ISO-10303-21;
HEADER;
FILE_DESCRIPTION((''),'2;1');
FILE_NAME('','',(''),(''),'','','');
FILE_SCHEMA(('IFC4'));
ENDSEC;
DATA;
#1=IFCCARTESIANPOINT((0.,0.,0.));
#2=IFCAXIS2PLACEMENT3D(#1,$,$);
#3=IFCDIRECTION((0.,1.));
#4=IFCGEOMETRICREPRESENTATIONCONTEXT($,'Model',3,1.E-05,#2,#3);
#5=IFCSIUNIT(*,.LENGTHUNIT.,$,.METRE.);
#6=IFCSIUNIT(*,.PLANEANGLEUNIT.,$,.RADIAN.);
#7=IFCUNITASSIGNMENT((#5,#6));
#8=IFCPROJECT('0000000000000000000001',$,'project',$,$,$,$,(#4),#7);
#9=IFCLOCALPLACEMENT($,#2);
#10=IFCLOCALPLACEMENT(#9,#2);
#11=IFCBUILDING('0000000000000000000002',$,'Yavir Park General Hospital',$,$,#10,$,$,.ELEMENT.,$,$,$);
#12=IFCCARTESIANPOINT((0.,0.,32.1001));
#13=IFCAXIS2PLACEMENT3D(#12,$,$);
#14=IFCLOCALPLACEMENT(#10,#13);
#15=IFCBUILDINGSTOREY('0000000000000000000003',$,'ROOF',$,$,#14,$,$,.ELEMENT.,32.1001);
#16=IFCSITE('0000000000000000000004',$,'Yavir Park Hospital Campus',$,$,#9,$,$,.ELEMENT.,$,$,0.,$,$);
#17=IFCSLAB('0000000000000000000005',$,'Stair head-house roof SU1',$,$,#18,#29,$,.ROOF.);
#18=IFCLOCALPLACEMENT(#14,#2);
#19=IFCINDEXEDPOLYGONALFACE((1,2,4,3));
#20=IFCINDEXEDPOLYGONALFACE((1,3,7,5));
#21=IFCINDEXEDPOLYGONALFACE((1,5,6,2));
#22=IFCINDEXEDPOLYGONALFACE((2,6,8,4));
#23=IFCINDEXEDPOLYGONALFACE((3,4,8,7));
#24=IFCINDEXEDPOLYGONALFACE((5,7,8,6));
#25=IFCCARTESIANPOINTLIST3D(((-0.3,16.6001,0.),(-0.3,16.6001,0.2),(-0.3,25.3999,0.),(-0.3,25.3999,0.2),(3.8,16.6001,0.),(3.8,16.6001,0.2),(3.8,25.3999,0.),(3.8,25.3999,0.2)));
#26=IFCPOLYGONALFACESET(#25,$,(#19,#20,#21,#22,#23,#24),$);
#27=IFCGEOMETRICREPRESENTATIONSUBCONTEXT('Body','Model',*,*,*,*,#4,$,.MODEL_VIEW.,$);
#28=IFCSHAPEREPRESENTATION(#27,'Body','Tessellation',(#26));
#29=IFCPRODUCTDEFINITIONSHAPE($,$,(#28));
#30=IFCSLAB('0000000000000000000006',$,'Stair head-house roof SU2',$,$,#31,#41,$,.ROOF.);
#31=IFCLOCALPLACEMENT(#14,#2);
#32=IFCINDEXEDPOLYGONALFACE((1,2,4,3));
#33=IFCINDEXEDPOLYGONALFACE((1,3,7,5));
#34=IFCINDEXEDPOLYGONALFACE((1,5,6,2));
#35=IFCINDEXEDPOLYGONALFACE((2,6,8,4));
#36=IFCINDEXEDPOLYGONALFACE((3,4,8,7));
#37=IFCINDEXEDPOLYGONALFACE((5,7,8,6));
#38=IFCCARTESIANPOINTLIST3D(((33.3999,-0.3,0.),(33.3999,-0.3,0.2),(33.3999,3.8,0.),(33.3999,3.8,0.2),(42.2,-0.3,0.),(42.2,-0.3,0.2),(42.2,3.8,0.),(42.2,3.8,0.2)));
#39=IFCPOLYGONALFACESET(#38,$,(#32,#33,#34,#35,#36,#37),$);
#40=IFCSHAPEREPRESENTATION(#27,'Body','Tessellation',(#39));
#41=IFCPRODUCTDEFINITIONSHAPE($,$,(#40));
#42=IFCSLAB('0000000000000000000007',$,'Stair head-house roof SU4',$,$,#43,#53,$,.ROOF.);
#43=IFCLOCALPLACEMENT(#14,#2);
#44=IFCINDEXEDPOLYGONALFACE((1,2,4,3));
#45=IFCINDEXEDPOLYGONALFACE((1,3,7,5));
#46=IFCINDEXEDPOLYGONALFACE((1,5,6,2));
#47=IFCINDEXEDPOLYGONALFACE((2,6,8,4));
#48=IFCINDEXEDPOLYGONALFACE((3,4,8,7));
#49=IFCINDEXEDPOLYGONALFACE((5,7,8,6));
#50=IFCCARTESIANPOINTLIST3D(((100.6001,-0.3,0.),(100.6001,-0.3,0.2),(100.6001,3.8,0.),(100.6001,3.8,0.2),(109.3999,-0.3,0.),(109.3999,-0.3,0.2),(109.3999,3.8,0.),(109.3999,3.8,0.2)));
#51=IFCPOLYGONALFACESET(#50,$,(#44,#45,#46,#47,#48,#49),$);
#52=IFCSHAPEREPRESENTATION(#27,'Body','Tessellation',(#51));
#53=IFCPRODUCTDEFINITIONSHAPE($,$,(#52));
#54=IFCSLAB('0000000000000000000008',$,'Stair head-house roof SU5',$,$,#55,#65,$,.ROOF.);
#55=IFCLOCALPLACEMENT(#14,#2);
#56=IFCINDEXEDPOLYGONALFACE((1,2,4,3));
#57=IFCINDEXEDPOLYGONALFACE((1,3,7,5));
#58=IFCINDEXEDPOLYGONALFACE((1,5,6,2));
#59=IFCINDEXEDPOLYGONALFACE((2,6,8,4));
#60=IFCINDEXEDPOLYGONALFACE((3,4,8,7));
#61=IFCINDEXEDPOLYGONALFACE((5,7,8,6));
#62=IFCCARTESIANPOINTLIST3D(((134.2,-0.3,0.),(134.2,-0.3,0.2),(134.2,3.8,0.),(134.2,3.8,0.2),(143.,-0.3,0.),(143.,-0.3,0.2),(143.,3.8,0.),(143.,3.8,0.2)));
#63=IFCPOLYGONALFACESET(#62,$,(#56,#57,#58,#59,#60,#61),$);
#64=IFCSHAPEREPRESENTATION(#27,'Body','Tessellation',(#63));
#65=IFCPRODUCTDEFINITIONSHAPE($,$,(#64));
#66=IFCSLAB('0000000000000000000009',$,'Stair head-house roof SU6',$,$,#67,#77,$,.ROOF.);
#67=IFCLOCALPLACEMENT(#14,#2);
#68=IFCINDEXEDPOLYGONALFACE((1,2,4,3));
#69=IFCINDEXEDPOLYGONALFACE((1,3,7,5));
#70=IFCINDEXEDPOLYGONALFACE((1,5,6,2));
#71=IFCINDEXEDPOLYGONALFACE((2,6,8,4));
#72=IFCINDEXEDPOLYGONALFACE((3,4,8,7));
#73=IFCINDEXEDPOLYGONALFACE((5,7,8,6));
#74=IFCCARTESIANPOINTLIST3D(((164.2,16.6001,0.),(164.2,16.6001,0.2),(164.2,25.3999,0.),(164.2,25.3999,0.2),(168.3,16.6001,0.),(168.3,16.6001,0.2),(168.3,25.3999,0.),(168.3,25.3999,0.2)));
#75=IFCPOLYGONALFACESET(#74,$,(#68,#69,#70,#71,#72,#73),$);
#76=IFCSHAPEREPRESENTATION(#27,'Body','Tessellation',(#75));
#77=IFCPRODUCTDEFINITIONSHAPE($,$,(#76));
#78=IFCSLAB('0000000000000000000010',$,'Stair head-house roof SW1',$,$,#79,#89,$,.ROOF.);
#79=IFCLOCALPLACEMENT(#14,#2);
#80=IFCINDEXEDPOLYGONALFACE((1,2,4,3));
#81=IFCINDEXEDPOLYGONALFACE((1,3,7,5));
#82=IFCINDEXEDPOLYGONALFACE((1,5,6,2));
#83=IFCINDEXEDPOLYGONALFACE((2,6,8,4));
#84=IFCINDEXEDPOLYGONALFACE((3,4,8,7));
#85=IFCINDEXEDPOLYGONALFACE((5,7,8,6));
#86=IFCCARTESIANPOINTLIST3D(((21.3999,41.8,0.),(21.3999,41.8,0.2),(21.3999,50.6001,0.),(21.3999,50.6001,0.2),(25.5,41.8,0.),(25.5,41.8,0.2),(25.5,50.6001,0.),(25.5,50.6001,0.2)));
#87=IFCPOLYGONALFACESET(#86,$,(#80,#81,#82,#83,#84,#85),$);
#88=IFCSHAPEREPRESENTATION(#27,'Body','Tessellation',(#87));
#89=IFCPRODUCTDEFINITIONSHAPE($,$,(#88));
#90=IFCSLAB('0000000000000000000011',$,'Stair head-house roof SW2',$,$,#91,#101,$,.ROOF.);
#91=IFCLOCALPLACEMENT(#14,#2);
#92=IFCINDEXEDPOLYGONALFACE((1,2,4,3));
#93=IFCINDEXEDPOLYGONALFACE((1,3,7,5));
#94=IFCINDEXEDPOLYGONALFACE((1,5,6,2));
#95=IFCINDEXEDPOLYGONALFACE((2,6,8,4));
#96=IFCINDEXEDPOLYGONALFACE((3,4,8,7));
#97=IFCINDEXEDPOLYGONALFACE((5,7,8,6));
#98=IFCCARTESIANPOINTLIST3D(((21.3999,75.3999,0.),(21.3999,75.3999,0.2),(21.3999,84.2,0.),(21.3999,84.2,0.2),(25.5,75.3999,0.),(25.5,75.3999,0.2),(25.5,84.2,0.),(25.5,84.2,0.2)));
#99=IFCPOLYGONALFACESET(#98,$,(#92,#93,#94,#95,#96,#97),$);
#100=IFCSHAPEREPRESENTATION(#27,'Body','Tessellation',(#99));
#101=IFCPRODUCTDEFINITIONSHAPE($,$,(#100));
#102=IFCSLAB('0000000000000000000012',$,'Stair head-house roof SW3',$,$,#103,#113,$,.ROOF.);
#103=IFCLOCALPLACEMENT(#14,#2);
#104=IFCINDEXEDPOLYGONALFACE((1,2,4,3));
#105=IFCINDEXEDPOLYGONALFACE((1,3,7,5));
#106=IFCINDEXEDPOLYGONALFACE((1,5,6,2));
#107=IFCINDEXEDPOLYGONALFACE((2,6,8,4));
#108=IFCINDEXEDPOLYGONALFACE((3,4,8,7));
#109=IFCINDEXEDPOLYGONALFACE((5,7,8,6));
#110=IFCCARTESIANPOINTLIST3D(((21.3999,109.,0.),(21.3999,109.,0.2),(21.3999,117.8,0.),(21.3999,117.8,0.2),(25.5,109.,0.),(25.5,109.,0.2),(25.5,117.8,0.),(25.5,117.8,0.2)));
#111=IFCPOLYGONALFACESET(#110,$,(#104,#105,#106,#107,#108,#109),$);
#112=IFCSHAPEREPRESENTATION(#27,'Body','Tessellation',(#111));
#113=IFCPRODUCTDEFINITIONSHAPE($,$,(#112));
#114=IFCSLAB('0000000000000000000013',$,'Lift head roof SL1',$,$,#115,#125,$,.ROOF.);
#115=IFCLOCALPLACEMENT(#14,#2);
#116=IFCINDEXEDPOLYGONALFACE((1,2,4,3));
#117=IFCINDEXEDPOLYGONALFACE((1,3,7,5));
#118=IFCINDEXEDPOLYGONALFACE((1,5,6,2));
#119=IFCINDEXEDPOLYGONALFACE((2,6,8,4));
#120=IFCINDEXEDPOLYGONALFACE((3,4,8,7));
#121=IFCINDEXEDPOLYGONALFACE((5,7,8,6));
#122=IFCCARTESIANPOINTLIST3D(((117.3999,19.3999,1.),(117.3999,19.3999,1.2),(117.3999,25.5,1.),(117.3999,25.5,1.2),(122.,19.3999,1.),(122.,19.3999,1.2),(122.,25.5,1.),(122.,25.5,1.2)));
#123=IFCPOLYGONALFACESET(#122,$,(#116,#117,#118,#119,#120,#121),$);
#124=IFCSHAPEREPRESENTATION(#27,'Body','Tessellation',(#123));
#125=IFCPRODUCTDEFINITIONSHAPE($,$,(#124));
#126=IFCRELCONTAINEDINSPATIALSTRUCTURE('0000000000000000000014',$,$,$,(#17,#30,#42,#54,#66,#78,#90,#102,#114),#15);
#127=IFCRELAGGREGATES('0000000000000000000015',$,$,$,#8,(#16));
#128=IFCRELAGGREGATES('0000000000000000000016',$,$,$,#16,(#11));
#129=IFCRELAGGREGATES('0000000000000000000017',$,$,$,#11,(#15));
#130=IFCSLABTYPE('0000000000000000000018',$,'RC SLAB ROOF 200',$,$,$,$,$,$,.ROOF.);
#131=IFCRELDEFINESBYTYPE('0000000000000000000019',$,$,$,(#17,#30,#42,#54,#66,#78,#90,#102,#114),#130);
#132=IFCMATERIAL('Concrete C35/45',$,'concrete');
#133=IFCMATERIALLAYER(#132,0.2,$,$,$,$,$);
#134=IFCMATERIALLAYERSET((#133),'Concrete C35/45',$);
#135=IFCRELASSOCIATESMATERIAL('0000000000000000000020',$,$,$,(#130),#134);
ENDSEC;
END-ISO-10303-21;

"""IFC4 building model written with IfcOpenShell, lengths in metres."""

from ifc_helpers import new_model, si_unit, direction, frame, origin, place, context, subcontext, project, spatial, polyline, outline, extrude, material, layer, layer_set, type_object, element, save


model = new_model("IFC4")

# Units and contexts
model_context = context("Model", 3, precision=1e-05, world=origin(), true_north=direction((0.0, 1.0)))
body_context = subcontext(model_context, "Body", "Model", "MODEL_VIEW")
ifc_project = project(units=[si_unit("LENGTHUNIT", "METRE"), si_unit("PLANEANGLEUNIT", "RADIAN")], contexts=[model_context])

# Site, building, storey
site_placement = place(None, origin())
site = spatial("IfcSite", under=ifc_project, at=site_placement, Name="Yavir Park Hospital Campus", CompositionType="ELEMENT", RefElevation=0.0)
building_placement = place(site_placement, origin())
building = spatial("IfcBuilding", under=site, at=building_placement, Name="Yavir Park General Hospital", CompositionType="ELEMENT")
storey_placement = place(building_placement, frame((0.0, 0.0, 32.1001)))
storey = spatial("IfcBuildingStorey", under=building, at=storey_placement, Name="ROOF", CompositionType="ELEMENT", Elevation=32.1001)

# Slabs
ifc_material = material(Name="Concrete C35/45", Category="concrete")
ifc_layer = layer(ifc_material, 0.2)
ifc_layer_set = layer_set([ifc_layer], Name="Concrete C35/45")
slab_type = type_object("IfcSlabType", Name="RC SLAB ROOF 200", PredefinedType="ROOF", material=ifc_layer_set)
slab_1_placement = place(storey_placement, origin())
element("IfcSlab", 1, at=slab_1_placement, inside=storey, type_object=slab_type, Name="Stair head-house roof SU1", PredefinedType="ROOF", context=body_context, shape_type="SweptSolid", body=[
    extrude(outline(polyline([(-0.3, 16.6001), (3.8, 16.6001), (3.8, 25.3999), (-0.3, 25.3999), (-0.3, 16.6001)])), origin(), (0.0, 0.0, 1.0), 0.2),
])
slab_2_placement = place(storey_placement, origin())
element("IfcSlab", 2, at=slab_2_placement, inside=storey, type_object=slab_type, Name="Stair head-house roof SU2", PredefinedType="ROOF", context=body_context, shape_type="SweptSolid", body=[
    extrude(outline(polyline([(33.3999, -0.3), (42.2, -0.3), (42.2, 3.8), (33.3999, 3.8), (33.3999, -0.3)])), origin(), (0.0, 0.0, 1.0), 0.2),
])
slab_3_placement = place(storey_placement, origin())
element("IfcSlab", 3, at=slab_3_placement, inside=storey, type_object=slab_type, Name="Stair head-house roof SU4", PredefinedType="ROOF", context=body_context, shape_type="SweptSolid", body=[
    extrude(outline(polyline([(100.6001, -0.3), (109.3999, -0.3), (109.3999, 3.8), (100.6001, 3.8), (100.6001, -0.3)])), origin(), (0.0, 0.0, 1.0), 0.2),
])
slab_4_placement = place(storey_placement, origin())
element("IfcSlab", 4, at=slab_4_placement, inside=storey, type_object=slab_type, Name="Stair head-house roof SU5", PredefinedType="ROOF", context=body_context, shape_type="SweptSolid", body=[
    extrude(outline(polyline([(134.2, -0.3), (143.0, -0.3), (143.0, 3.8), (134.2, 3.8), (134.2, -0.3)])), origin(), (0.0, 0.0, 1.0), 0.2),
])
slab_5_placement = place(storey_placement, origin())
element("IfcSlab", 5, at=slab_5_placement, inside=storey, type_object=slab_type, Name="Stair head-house roof SU6", PredefinedType="ROOF", context=body_context, shape_type="SweptSolid", body=[
    extrude(outline(polyline([(168.3, 16.6001), (168.3, 25.3999), (164.2, 25.3999), (164.2, 16.6001), (168.3, 16.6001)])), origin(), (0.0, 0.0, 1.0), 0.2),
])
slab_6_placement = place(storey_placement, origin())
element("IfcSlab", 6, at=slab_6_placement, inside=storey, type_object=slab_type, Name="Stair head-house roof SW1", PredefinedType="ROOF", context=body_context, shape_type="SweptSolid", body=[
    extrude(outline(polyline([(25.5, 41.8), (25.5, 50.6001), (21.3999, 50.6001), (21.3999, 41.8), (25.5, 41.8)])), origin(), (0.0, 0.0, 1.0), 0.2),
])
slab_7_placement = place(storey_placement, origin())
element("IfcSlab", 7, at=slab_7_placement, inside=storey, type_object=slab_type, Name="Stair head-house roof SW2", PredefinedType="ROOF", context=body_context, shape_type="SweptSolid", body=[
    extrude(outline(polyline([(25.5, 75.3999), (25.5, 84.2), (21.3999, 84.2), (21.3999, 75.3999), (25.5, 75.3999)])), origin(), (0.0, 0.0, 1.0), 0.2),
])
slab_8_placement = place(storey_placement, origin())
element("IfcSlab", 8, at=slab_8_placement, inside=storey, type_object=slab_type, Name="Stair head-house roof SW3", PredefinedType="ROOF", context=body_context, shape_type="SweptSolid", body=[
    extrude(outline(polyline([(25.5, 109.0), (25.5, 117.8), (21.3999, 117.8), (21.3999, 109.0), (25.5, 109.0)])), origin(), (0.0, 0.0, 1.0), 0.2),
])
slab_9_placement = place(storey_placement, frame((0.0, 0.0, 1.0)))
element("IfcSlab", 9, at=slab_9_placement, inside=storey, type_object=slab_type, Name="Lift head roof SL1", PredefinedType="ROOF", context=body_context, shape_type="SweptSolid", body=[
    extrude(outline(polyline([(122.0, 19.3999), (122.0, 25.5), (117.3999, 25.5), (117.3999, 19.3999), (122.0, 19.3999)])), origin(), (0.0, 0.0, 1.0), 0.2),
])

save(model, "model.ifc")
